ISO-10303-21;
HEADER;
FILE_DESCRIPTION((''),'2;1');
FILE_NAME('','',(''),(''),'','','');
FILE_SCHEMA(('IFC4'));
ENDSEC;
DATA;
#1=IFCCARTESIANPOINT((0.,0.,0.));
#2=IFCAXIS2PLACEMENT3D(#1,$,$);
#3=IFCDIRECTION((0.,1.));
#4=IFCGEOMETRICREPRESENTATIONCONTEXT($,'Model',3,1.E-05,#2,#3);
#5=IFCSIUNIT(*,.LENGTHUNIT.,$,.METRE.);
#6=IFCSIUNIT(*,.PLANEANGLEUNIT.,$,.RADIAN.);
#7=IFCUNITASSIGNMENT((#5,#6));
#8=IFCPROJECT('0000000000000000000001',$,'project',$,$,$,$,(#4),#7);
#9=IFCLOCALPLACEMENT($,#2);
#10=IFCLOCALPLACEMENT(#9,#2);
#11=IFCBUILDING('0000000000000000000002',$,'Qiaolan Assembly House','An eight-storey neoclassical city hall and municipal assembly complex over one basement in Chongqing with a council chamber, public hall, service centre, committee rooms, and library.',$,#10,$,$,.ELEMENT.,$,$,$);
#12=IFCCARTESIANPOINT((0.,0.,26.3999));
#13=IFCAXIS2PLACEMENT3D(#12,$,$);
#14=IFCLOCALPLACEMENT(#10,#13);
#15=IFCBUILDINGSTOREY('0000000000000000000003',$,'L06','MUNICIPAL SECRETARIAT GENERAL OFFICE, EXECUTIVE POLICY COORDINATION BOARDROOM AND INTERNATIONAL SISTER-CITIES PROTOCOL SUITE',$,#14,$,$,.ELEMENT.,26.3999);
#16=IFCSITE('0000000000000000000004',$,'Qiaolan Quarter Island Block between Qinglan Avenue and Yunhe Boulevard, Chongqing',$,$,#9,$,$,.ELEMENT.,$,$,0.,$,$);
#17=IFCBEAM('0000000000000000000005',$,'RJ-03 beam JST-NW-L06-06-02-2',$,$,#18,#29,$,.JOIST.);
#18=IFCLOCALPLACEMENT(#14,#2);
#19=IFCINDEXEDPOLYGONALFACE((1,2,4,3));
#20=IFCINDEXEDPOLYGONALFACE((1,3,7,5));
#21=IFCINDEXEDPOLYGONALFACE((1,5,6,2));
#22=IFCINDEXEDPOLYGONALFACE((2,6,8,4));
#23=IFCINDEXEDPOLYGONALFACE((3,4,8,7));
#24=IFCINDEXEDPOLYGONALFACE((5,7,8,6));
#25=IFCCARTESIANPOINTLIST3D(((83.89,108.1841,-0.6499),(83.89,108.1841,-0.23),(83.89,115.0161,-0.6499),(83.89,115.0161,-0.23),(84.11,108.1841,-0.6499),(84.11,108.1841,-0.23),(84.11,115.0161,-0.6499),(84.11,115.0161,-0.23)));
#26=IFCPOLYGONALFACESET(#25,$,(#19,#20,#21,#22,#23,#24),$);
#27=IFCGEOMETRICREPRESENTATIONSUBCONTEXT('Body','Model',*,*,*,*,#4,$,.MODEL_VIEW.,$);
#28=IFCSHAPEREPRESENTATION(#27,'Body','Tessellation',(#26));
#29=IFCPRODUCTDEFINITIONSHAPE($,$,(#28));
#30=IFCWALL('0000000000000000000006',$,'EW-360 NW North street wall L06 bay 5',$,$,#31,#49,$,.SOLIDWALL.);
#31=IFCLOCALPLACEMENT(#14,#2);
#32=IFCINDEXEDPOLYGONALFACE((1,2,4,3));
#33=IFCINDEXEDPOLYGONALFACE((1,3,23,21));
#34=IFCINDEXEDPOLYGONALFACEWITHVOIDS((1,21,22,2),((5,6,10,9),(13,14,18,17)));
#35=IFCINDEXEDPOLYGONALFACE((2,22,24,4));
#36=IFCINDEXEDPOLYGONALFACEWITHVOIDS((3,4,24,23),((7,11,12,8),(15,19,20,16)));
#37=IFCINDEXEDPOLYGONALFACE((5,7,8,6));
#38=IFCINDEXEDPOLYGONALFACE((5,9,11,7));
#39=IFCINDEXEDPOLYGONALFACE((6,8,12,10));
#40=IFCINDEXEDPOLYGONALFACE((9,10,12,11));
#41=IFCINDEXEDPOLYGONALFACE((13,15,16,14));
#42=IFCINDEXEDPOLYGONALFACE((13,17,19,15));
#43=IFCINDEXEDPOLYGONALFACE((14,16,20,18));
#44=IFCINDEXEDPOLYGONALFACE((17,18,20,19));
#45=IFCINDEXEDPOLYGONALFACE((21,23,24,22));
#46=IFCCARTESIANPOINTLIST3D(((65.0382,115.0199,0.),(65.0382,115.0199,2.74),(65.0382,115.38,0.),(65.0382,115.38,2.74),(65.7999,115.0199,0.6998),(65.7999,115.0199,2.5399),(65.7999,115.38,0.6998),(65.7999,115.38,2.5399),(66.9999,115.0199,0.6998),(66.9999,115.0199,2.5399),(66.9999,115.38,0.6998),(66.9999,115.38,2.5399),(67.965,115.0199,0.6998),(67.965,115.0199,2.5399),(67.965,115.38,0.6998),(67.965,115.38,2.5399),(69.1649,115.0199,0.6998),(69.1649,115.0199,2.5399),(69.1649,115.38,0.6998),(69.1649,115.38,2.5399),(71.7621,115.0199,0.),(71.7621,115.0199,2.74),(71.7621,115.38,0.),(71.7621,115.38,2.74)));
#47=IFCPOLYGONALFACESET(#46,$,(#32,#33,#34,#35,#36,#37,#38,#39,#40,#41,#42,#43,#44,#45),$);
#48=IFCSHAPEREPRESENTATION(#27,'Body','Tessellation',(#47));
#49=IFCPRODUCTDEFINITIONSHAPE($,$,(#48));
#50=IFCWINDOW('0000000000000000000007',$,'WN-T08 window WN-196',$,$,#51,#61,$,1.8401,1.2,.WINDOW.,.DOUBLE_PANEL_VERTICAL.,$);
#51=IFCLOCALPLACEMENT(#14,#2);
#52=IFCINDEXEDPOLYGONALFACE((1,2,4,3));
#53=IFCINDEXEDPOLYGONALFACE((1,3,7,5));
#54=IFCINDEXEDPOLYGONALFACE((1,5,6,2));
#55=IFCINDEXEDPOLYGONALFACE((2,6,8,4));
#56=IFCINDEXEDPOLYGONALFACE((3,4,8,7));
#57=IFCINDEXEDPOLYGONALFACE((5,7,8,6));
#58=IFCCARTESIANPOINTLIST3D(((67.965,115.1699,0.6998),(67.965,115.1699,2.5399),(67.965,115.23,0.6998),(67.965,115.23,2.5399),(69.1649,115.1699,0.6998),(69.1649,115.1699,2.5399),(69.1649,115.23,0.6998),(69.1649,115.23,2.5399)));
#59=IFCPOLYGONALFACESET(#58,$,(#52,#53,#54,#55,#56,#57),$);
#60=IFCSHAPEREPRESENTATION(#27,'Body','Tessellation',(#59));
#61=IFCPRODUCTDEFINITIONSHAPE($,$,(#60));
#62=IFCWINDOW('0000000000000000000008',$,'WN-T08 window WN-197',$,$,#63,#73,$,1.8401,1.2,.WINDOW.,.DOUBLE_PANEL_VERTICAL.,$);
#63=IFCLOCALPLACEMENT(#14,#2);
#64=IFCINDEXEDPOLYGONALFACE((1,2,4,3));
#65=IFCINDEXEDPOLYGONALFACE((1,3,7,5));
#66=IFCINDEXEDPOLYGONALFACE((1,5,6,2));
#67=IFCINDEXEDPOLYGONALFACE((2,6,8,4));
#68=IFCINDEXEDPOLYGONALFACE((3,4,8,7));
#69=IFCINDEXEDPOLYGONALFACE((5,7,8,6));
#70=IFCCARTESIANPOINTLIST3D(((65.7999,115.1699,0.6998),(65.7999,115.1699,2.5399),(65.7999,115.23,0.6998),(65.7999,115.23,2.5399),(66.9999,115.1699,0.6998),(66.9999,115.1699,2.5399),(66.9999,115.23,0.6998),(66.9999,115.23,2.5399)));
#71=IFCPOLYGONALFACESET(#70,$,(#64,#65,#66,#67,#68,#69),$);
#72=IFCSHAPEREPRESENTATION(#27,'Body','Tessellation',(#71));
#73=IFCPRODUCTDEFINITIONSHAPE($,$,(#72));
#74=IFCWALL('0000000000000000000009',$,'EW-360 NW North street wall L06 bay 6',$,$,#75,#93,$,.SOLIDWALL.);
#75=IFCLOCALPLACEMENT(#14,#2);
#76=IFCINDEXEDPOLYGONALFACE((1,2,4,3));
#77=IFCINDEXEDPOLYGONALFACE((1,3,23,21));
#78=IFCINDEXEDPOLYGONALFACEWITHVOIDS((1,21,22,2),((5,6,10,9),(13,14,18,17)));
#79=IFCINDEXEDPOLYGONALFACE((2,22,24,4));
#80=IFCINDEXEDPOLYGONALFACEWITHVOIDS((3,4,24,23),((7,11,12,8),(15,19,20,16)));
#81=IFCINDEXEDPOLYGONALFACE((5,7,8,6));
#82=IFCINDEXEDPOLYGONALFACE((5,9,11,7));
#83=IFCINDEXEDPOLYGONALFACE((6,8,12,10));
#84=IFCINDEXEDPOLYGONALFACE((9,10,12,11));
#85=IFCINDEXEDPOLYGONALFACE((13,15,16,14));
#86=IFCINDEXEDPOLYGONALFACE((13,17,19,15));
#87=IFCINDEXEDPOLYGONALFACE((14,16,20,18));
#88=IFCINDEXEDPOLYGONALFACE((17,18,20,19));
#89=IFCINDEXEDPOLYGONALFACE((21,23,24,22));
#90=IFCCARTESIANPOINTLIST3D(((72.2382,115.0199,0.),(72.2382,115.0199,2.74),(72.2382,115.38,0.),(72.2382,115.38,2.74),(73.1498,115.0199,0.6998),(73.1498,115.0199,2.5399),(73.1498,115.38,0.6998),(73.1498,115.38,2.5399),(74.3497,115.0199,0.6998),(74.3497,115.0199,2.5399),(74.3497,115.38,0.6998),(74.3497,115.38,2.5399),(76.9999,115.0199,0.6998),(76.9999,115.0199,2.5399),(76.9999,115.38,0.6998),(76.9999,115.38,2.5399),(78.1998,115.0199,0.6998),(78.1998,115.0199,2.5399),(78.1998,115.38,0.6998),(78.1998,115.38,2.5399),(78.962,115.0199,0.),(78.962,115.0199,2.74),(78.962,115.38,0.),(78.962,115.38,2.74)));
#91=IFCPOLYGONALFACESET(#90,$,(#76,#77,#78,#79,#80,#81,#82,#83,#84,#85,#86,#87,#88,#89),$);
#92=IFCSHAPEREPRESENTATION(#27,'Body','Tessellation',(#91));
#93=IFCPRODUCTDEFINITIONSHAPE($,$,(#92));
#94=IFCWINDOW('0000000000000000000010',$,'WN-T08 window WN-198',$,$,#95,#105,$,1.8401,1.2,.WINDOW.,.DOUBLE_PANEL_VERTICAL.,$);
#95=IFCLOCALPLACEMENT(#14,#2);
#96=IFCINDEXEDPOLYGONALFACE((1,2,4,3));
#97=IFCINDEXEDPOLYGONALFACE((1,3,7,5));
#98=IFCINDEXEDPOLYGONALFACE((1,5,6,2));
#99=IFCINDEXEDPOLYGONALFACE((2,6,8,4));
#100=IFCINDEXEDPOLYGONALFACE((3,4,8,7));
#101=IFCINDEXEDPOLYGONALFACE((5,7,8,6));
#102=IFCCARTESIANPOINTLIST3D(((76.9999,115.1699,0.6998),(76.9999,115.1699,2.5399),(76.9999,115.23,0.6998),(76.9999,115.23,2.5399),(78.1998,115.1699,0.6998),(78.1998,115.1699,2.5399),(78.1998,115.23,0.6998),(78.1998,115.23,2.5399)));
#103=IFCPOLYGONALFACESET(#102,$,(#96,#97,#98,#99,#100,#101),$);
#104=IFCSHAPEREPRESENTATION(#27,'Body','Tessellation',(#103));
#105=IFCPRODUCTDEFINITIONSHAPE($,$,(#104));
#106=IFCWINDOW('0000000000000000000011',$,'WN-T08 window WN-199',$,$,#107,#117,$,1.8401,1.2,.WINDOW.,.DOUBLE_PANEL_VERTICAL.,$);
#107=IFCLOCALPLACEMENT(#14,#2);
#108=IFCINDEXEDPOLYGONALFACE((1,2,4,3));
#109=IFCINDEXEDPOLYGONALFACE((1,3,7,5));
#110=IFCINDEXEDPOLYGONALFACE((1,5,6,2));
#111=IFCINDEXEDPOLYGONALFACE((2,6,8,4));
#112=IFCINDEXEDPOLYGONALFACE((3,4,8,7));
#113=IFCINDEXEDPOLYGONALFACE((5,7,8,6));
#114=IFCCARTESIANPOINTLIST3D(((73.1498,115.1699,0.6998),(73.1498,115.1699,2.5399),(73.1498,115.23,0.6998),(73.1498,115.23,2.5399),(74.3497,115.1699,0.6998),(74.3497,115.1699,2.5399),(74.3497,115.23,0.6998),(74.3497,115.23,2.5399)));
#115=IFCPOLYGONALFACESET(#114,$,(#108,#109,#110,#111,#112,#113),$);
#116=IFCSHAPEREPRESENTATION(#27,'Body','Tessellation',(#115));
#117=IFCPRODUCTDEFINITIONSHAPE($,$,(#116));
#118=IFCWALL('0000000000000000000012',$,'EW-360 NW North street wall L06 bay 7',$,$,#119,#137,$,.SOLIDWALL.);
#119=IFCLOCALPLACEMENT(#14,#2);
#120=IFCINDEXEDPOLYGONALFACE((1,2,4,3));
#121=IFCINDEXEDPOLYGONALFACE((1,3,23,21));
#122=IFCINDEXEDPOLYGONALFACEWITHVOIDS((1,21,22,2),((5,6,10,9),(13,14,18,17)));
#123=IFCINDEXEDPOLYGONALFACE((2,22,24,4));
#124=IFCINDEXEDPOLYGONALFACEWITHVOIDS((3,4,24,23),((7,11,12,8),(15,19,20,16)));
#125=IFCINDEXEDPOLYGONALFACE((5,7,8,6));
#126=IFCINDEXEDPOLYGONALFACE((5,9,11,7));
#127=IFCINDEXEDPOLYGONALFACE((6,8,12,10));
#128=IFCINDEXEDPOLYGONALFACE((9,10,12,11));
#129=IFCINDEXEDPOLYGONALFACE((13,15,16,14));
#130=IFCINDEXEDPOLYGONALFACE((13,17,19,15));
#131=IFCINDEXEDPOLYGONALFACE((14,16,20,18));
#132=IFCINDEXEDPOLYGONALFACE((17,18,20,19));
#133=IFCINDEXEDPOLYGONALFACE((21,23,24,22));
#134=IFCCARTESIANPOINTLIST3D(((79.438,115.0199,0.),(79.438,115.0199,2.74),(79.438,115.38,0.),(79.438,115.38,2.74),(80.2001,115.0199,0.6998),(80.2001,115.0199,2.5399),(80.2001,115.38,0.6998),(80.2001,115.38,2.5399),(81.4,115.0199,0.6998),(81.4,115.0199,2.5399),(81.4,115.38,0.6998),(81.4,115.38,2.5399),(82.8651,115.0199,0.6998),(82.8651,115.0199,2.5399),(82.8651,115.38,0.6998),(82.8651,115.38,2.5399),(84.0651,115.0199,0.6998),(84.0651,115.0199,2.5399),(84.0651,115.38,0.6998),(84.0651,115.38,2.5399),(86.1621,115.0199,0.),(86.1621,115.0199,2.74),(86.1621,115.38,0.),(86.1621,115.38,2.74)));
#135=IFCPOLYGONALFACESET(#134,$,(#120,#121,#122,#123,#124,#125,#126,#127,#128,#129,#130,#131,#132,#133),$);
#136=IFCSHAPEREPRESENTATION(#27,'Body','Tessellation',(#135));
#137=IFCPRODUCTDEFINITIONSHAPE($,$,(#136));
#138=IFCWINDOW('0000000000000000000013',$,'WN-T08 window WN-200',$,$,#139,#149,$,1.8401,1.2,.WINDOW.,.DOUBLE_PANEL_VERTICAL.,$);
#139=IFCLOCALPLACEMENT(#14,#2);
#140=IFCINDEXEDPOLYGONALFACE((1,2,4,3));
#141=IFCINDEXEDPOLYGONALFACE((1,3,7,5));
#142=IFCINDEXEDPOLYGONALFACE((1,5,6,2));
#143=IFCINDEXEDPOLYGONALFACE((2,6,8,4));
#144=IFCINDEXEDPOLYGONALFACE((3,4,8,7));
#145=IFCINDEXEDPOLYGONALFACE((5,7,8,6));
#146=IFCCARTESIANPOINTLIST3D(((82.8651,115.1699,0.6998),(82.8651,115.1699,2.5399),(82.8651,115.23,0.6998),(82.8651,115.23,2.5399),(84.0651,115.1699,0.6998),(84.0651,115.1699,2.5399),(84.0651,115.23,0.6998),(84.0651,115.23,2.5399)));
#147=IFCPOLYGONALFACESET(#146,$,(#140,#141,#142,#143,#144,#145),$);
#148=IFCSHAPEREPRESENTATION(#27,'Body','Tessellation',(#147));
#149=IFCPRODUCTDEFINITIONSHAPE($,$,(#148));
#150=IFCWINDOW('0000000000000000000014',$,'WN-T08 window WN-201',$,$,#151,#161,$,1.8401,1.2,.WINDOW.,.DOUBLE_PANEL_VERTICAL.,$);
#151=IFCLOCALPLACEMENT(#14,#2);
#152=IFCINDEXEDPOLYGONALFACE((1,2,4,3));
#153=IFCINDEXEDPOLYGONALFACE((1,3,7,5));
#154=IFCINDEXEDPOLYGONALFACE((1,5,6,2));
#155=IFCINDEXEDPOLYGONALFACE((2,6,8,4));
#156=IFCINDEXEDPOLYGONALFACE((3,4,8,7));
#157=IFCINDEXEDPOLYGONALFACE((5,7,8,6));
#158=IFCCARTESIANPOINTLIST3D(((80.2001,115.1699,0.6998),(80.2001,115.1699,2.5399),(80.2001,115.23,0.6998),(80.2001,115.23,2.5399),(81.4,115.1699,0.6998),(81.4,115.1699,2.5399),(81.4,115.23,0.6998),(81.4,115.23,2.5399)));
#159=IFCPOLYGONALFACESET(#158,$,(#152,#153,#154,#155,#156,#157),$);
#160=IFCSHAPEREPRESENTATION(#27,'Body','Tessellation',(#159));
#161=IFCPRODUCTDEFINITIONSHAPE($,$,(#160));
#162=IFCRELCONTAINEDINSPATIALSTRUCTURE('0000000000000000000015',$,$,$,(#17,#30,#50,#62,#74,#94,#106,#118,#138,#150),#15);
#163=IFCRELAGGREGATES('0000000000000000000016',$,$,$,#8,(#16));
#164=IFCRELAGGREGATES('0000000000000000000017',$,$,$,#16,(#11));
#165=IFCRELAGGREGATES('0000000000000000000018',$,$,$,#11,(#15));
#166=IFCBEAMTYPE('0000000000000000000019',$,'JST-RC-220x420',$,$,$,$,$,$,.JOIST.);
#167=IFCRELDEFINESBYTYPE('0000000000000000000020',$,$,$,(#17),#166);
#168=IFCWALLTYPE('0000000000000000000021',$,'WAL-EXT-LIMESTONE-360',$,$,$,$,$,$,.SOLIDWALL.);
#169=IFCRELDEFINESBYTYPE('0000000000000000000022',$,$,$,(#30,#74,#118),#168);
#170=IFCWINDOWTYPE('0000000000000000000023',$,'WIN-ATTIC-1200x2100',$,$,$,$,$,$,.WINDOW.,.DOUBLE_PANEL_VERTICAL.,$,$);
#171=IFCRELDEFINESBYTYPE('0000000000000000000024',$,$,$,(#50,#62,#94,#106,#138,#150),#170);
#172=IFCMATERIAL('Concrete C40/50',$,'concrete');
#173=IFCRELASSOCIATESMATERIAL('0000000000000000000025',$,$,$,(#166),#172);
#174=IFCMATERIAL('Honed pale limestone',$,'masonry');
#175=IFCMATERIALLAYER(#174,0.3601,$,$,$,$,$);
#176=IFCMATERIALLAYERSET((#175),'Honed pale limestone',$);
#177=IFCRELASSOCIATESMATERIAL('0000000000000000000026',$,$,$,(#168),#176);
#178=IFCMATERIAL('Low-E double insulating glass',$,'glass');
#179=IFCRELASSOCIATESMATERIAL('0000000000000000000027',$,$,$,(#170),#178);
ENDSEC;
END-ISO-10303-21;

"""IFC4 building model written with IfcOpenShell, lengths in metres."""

from ifc_helpers import new_model, si_unit, direction, frame, frame_2d, origin, origin_2d, place, context, subcontext, project, spatial, rectangle, extrude, material, layer, layer_set, material_profile, profile_set, type_object, element, fill, save


model = new_model("IFC4")

# Units and contexts
model_context = context("Model", 3, precision=1e-05, world=origin(), true_north=direction((0.0, 1.0)))
body_context = subcontext(model_context, "Body", "Model", "MODEL_VIEW")
ifc_project = project(units=[si_unit("LENGTHUNIT", "METRE"), si_unit("PLANEANGLEUNIT", "RADIAN")], contexts=[model_context])

# Site, building, storey
site_placement = place(None, origin())
site = spatial("IfcSite", under=ifc_project, at=site_placement, Name="Qiaolan Quarter Island Block between Qinglan Avenue and Yunhe Boulevard, Chongqing", CompositionType="ELEMENT", RefElevation=0.0)
building_placement = place(site_placement, origin())
building = spatial("IfcBuilding", under=site, at=building_placement, Name="Qiaolan Assembly House", Description="An eight-storey neoclassical city hall and municipal assembly complex over one basement in Chongqing with a council chamber, public hall, service centre, committee rooms, and library.", CompositionType="ELEMENT")
storey_placement = place(building_placement, frame((0.0, 0.0, 26.3999)))
storey = spatial("IfcBuildingStorey", under=building, at=storey_placement, Name="L06", Description="MUNICIPAL SECRETARIAT GENERAL OFFICE, EXECUTIVE POLICY COORDINATION BOARDROOM AND INTERNATIONAL SISTER-CITIES PROTOCOL SUITE", CompositionType="ELEMENT", Elevation=26.3999)

# Shared definitions
ifc_material_1 = material(Name="Concrete C40/50", Category="concrete")

# Beam
ifc_material_profile_1 = material_profile(ifc_material_1, rectangle(XDim=0.22, YDim=0.4199, at=origin_2d()), Name="RCB 220x420")
ifc_profile_set_1 = profile_set([ifc_material_profile_1], Name="Concrete C40/50")
beam_type_1 = type_object("IfcBeamType", Name="JST-RC-220x420", PredefinedType="JOIST", material=ifc_profile_set_1)
for number, where, z_axis, x_axis, name in (
    (1, (84.0, 108.1841, -0.4399), (0.0, 1.0, 0.0), (-1.0, 0.0, 0.0), "RJ-03 beam JST-NW-L06-06-02-2"),
):
    element("IfcBeam", number, at=place(storey_placement, frame(where, z_axis=z_axis, x_axis=x_axis)), inside=storey, type_object=beam_type_1, Name=name, PredefinedType="JOIST", context=body_context, shape_type="SweptSolid", body=[
        extrude(rectangle(XDim=0.22, YDim=0.4199, at=origin_2d()), origin(), (0.0, 0.0, 1.0), 6.832),
    ])

# Walls, openings, windows
ifc_material_2 = material(Name="Honed pale limestone", Category="masonry")
ifc_layer_1 = layer(ifc_material_2, 0.3601)
ifc_layer_set_1 = layer_set([ifc_layer_1], Name="Honed pale limestone")
wall_type_1 = type_object("IfcWallType", Name="WAL-EXT-LIMESTONE-360", PredefinedType="SOLIDWALL", material=ifc_layer_set_1)
wall_1_placement = place(storey_placement, frame((71.762, 115.2, 0.0), z_axis=(0.0, 0.0, 1.0), x_axis=(-1.0, 0.0, 0.0)))
wall_1 = element("IfcWall", 2, at=wall_1_placement, inside=storey, type_object=wall_type_1, Name="EW-360 NW North street wall L06 bay 5", PredefinedType="SOLIDWALL", context=body_context, shape_type="SweptSolid", body=[
    extrude(rectangle(XDim=6.7239, YDim=0.3601, at=frame_2d((3.3618, 0.0))), origin(), (0.0, 0.0, 1.0), 2.74),
])
opening_1_placement = place(wall_1_placement, frame((2.5969, 0.0, 0.7)))
opening_1 = element("IfcOpeningElement", 3, at=opening_1_placement, cuts=wall_1, PredefinedType="OPENING", context=body_context, shape_type="SweptSolid", body=[
    extrude(rectangle(XDim=1.2, YDim=1.8401, at=frame_2d((0.6001, 0.9199))), frame((0.0, 0.1899, 0.0), z_axis=(0.0, -1.0, 0.0), x_axis=(1.0, 0.0, 0.0)), (0.0, 0.0, 1.0), 0.3801),
])
opening_2_placement = place(wall_1_placement, frame((4.762, 0.0, 0.7)))
opening_2 = element("IfcOpeningElement", 4, at=opening_2_placement, cuts=wall_1, PredefinedType="OPENING", context=body_context, shape_type="SweptSolid", body=[
    extrude(rectangle(XDim=1.2, YDim=1.8401, at=frame_2d((0.6001, 0.9199))), frame((0.0, 0.1899, 0.0), z_axis=(0.0, -1.0, 0.0), x_axis=(1.0, 0.0, 0.0)), (0.0, 0.0, 1.0), 0.3801),
])
ifc_material_3 = material(Name="Low-E double insulating glass", Category="glass")
window_type = type_object("IfcWindowType", Name="WIN-ATTIC-1200x2100", PartitioningType="DOUBLE_PANEL_VERTICAL", PredefinedType="WINDOW", material=ifc_material_3)
window_1_placement = place(opening_1_placement, origin())
window_1 = element("IfcWindow", 5, at=window_1_placement, inside=storey, type_object=window_type, Name="WN-T08 window WN-196", OverallHeight=1.8401, OverallWidth=1.2, PartitioningType="DOUBLE_PANEL_VERTICAL", PredefinedType="WINDOW", context=body_context, shape_type="SweptSolid", body=[
    extrude(rectangle(XDim=1.2, YDim=1.8401, at=frame_2d((0.6001, 0.9199))), frame((0.0, 0.03, 0.0), z_axis=(0.0, -1.0, 0.0), x_axis=(1.0, 0.0, 0.0)), (0.0, 0.0, 1.0), 0.0601),
])
fill(opening_1, window_1)
window_2_placement = place(opening_2_placement, origin())
window_2 = element("IfcWindow", 6, at=window_2_placement, inside=storey, type_object=window_type, Name="WN-T08 window WN-197", OverallHeight=1.8401, OverallWidth=1.2, PartitioningType="DOUBLE_PANEL_VERTICAL", PredefinedType="WINDOW", context=body_context, shape_type="SweptSolid", body=[
    extrude(rectangle(XDim=1.2, YDim=1.8401, at=frame_2d((0.6001, 0.9199))), frame((0.0, 0.03, 0.0), z_axis=(0.0, -1.0, 0.0), x_axis=(1.0, 0.0, 0.0)), (0.0, 0.0, 1.0), 0.0601),
])
fill(opening_2, window_2)
wall_2_placement = place(storey_placement, frame((78.9619, 115.2, 0.0), z_axis=(0.0, 0.0, 1.0), x_axis=(-1.0, 0.0, 0.0)))
wall_2 = element("IfcWall", 7, at=wall_2_placement, inside=storey, type_object=wall_type_1, Name="EW-360 NW North street wall L06 bay 6", PredefinedType="SOLIDWALL", context=body_context, shape_type="SweptSolid", body=[
    extrude(rectangle(XDim=6.7239, YDim=0.3601, at=frame_2d((3.3618, 0.0))), origin(), (0.0, 0.0, 1.0), 2.74),
])
opening_3_placement = place(wall_2_placement, frame((0.762, 0.0, 0.7)))
opening_3 = element("IfcOpeningElement", 8, at=opening_3_placement, cuts=wall_2, PredefinedType="OPENING", context=body_context, shape_type="SweptSolid", body=[
    extrude(rectangle(XDim=1.2, YDim=1.8401, at=frame_2d((0.6001, 0.9199))), frame((0.0, 0.1899, 0.0), z_axis=(0.0, -1.0, 0.0), x_axis=(1.0, 0.0, 0.0)), (0.0, 0.0, 1.0), 0.3801),
])
opening_4_placement = place(wall_2_placement, frame((4.6121, 0.0, 0.7)))
opening_4 = element("IfcOpeningElement", 9, at=opening_4_placement, cuts=wall_2, PredefinedType="OPENING", context=body_context, shape_type="SweptSolid", body=[
    extrude(rectangle(XDim=1.2, YDim=1.8401, at=frame_2d((0.6001, 0.9199))), frame((0.0, 0.1899, 0.0), z_axis=(0.0, -1.0, 0.0), x_axis=(1.0, 0.0, 0.0)), (0.0, 0.0, 1.0), 0.3801),
])
window_3_placement = place(opening_3_placement, origin())
window_3 = element("IfcWindow", 10, at=window_3_placement, inside=storey, type_object=window_type, Name="WN-T08 window WN-198", OverallHeight=1.8401, OverallWidth=1.2, PartitioningType="DOUBLE_PANEL_VERTICAL", PredefinedType="WINDOW", context=body_context, shape_type="SweptSolid", body=[
    extrude(rectangle(XDim=1.2, YDim=1.8401, at=frame_2d((0.6001, 0.9199))), frame((0.0, 0.03, 0.0), z_axis=(0.0, -1.0, 0.0), x_axis=(1.0, 0.0, 0.0)), (0.0, 0.0, 1.0), 0.0601),
])
fill(opening_3, window_3)
window_4_placement = place(opening_4_placement, origin())
window_4 = element("IfcWindow", 11, at=window_4_placement, inside=storey, type_object=window_type, Name="WN-T08 window WN-199", OverallHeight=1.8401, OverallWidth=1.2, PartitioningType="DOUBLE_PANEL_VERTICAL", PredefinedType="WINDOW", context=body_context, shape_type="SweptSolid", body=[
    extrude(rectangle(XDim=1.2, YDim=1.8401, at=frame_2d((0.6001, 0.9199))), frame((0.0, 0.03, 0.0), z_axis=(0.0, -1.0, 0.0), x_axis=(1.0, 0.0, 0.0)), (0.0, 0.0, 1.0), 0.0601),
])
fill(opening_4, window_4)
wall_3_placement = place(storey_placement, frame((86.1621, 115.2, 0.0), z_axis=(0.0, 0.0, 1.0), x_axis=(-1.0, 0.0, 0.0)))
wall_3 = element("IfcWall", 12, at=wall_3_placement, inside=storey, type_object=wall_type_1, Name="EW-360 NW North street wall L06 bay 7", PredefinedType="SOLIDWALL", context=body_context, shape_type="SweptSolid", body=[
    extrude(rectangle(XDim=6.7241, YDim=0.3601, at=frame_2d((3.3621, 0.0))), origin(), (0.0, 0.0, 1.0), 2.74),
])
opening_5_placement = place(wall_3_placement, frame((2.0969, 0.0, 0.7)))
opening_5 = element("IfcOpeningElement", 13, at=opening_5_placement, cuts=wall_3, PredefinedType="OPENING", context=body_context, shape_type="SweptSolid", body=[
    extrude(rectangle(XDim=1.2, YDim=1.8401, at=frame_2d((0.6001, 0.9199))), frame((0.0, 0.1899, 0.0), z_axis=(0.0, -1.0, 0.0), x_axis=(1.0, 0.0, 0.0)), (0.0, 0.0, 1.0), 0.3801),
])
opening_6_placement = place(wall_3_placement, frame((4.762, 0.0, 0.7)))
opening_6 = element("IfcOpeningElement", 14, at=opening_6_placement, cuts=wall_3, PredefinedType="OPENING", context=body_context, shape_type="SweptSolid", body=[
    extrude(rectangle(XDim=1.2, YDim=1.8401, at=frame_2d((0.6001, 0.9199))), frame((0.0, 0.1899, 0.0), z_axis=(0.0, -1.0, 0.0), x_axis=(1.0, 0.0, 0.0)), (0.0, 0.0, 1.0), 0.3801),
])
window_5_placement = place(opening_5_placement, origin())
window_5 = element("IfcWindow", 15, at=window_5_placement, inside=storey, type_object=window_type, Name="WN-T08 window WN-200", OverallHeight=1.8401, OverallWidth=1.2, PartitioningType="DOUBLE_PANEL_VERTICAL", PredefinedType="WINDOW", context=body_context, shape_type="SweptSolid", body=[
    extrude(rectangle(XDim=1.2, YDim=1.8401, at=frame_2d((0.6001, 0.9199))), frame((0.0, 0.03, 0.0), z_axis=(0.0, -1.0, 0.0), x_axis=(1.0, 0.0, 0.0)), (0.0, 0.0, 1.0), 0.0601),
])
fill(opening_5, window_5)
window_6_placement = place(opening_6_placement, origin())
window_6 = element("IfcWindow", 16, at=window_6_placement, inside=storey, type_object=window_type, Name="WN-T08 window WN-201", OverallHeight=1.8401, OverallWidth=1.2, PartitioningType="DOUBLE_PANEL_VERTICAL", PredefinedType="WINDOW", context=body_context, shape_type="SweptSolid", body=[
    extrude(rectangle(XDim=1.2, YDim=1.8401, at=frame_2d((0.6001, 0.9199))), frame((0.0, 0.03, 0.0), z_axis=(0.0, -1.0, 0.0), x_axis=(1.0, 0.0, 0.0)), (0.0, 0.0, 1.0), 0.0601),
])
fill(opening_6, window_6)

save(model, "model.ifc")
